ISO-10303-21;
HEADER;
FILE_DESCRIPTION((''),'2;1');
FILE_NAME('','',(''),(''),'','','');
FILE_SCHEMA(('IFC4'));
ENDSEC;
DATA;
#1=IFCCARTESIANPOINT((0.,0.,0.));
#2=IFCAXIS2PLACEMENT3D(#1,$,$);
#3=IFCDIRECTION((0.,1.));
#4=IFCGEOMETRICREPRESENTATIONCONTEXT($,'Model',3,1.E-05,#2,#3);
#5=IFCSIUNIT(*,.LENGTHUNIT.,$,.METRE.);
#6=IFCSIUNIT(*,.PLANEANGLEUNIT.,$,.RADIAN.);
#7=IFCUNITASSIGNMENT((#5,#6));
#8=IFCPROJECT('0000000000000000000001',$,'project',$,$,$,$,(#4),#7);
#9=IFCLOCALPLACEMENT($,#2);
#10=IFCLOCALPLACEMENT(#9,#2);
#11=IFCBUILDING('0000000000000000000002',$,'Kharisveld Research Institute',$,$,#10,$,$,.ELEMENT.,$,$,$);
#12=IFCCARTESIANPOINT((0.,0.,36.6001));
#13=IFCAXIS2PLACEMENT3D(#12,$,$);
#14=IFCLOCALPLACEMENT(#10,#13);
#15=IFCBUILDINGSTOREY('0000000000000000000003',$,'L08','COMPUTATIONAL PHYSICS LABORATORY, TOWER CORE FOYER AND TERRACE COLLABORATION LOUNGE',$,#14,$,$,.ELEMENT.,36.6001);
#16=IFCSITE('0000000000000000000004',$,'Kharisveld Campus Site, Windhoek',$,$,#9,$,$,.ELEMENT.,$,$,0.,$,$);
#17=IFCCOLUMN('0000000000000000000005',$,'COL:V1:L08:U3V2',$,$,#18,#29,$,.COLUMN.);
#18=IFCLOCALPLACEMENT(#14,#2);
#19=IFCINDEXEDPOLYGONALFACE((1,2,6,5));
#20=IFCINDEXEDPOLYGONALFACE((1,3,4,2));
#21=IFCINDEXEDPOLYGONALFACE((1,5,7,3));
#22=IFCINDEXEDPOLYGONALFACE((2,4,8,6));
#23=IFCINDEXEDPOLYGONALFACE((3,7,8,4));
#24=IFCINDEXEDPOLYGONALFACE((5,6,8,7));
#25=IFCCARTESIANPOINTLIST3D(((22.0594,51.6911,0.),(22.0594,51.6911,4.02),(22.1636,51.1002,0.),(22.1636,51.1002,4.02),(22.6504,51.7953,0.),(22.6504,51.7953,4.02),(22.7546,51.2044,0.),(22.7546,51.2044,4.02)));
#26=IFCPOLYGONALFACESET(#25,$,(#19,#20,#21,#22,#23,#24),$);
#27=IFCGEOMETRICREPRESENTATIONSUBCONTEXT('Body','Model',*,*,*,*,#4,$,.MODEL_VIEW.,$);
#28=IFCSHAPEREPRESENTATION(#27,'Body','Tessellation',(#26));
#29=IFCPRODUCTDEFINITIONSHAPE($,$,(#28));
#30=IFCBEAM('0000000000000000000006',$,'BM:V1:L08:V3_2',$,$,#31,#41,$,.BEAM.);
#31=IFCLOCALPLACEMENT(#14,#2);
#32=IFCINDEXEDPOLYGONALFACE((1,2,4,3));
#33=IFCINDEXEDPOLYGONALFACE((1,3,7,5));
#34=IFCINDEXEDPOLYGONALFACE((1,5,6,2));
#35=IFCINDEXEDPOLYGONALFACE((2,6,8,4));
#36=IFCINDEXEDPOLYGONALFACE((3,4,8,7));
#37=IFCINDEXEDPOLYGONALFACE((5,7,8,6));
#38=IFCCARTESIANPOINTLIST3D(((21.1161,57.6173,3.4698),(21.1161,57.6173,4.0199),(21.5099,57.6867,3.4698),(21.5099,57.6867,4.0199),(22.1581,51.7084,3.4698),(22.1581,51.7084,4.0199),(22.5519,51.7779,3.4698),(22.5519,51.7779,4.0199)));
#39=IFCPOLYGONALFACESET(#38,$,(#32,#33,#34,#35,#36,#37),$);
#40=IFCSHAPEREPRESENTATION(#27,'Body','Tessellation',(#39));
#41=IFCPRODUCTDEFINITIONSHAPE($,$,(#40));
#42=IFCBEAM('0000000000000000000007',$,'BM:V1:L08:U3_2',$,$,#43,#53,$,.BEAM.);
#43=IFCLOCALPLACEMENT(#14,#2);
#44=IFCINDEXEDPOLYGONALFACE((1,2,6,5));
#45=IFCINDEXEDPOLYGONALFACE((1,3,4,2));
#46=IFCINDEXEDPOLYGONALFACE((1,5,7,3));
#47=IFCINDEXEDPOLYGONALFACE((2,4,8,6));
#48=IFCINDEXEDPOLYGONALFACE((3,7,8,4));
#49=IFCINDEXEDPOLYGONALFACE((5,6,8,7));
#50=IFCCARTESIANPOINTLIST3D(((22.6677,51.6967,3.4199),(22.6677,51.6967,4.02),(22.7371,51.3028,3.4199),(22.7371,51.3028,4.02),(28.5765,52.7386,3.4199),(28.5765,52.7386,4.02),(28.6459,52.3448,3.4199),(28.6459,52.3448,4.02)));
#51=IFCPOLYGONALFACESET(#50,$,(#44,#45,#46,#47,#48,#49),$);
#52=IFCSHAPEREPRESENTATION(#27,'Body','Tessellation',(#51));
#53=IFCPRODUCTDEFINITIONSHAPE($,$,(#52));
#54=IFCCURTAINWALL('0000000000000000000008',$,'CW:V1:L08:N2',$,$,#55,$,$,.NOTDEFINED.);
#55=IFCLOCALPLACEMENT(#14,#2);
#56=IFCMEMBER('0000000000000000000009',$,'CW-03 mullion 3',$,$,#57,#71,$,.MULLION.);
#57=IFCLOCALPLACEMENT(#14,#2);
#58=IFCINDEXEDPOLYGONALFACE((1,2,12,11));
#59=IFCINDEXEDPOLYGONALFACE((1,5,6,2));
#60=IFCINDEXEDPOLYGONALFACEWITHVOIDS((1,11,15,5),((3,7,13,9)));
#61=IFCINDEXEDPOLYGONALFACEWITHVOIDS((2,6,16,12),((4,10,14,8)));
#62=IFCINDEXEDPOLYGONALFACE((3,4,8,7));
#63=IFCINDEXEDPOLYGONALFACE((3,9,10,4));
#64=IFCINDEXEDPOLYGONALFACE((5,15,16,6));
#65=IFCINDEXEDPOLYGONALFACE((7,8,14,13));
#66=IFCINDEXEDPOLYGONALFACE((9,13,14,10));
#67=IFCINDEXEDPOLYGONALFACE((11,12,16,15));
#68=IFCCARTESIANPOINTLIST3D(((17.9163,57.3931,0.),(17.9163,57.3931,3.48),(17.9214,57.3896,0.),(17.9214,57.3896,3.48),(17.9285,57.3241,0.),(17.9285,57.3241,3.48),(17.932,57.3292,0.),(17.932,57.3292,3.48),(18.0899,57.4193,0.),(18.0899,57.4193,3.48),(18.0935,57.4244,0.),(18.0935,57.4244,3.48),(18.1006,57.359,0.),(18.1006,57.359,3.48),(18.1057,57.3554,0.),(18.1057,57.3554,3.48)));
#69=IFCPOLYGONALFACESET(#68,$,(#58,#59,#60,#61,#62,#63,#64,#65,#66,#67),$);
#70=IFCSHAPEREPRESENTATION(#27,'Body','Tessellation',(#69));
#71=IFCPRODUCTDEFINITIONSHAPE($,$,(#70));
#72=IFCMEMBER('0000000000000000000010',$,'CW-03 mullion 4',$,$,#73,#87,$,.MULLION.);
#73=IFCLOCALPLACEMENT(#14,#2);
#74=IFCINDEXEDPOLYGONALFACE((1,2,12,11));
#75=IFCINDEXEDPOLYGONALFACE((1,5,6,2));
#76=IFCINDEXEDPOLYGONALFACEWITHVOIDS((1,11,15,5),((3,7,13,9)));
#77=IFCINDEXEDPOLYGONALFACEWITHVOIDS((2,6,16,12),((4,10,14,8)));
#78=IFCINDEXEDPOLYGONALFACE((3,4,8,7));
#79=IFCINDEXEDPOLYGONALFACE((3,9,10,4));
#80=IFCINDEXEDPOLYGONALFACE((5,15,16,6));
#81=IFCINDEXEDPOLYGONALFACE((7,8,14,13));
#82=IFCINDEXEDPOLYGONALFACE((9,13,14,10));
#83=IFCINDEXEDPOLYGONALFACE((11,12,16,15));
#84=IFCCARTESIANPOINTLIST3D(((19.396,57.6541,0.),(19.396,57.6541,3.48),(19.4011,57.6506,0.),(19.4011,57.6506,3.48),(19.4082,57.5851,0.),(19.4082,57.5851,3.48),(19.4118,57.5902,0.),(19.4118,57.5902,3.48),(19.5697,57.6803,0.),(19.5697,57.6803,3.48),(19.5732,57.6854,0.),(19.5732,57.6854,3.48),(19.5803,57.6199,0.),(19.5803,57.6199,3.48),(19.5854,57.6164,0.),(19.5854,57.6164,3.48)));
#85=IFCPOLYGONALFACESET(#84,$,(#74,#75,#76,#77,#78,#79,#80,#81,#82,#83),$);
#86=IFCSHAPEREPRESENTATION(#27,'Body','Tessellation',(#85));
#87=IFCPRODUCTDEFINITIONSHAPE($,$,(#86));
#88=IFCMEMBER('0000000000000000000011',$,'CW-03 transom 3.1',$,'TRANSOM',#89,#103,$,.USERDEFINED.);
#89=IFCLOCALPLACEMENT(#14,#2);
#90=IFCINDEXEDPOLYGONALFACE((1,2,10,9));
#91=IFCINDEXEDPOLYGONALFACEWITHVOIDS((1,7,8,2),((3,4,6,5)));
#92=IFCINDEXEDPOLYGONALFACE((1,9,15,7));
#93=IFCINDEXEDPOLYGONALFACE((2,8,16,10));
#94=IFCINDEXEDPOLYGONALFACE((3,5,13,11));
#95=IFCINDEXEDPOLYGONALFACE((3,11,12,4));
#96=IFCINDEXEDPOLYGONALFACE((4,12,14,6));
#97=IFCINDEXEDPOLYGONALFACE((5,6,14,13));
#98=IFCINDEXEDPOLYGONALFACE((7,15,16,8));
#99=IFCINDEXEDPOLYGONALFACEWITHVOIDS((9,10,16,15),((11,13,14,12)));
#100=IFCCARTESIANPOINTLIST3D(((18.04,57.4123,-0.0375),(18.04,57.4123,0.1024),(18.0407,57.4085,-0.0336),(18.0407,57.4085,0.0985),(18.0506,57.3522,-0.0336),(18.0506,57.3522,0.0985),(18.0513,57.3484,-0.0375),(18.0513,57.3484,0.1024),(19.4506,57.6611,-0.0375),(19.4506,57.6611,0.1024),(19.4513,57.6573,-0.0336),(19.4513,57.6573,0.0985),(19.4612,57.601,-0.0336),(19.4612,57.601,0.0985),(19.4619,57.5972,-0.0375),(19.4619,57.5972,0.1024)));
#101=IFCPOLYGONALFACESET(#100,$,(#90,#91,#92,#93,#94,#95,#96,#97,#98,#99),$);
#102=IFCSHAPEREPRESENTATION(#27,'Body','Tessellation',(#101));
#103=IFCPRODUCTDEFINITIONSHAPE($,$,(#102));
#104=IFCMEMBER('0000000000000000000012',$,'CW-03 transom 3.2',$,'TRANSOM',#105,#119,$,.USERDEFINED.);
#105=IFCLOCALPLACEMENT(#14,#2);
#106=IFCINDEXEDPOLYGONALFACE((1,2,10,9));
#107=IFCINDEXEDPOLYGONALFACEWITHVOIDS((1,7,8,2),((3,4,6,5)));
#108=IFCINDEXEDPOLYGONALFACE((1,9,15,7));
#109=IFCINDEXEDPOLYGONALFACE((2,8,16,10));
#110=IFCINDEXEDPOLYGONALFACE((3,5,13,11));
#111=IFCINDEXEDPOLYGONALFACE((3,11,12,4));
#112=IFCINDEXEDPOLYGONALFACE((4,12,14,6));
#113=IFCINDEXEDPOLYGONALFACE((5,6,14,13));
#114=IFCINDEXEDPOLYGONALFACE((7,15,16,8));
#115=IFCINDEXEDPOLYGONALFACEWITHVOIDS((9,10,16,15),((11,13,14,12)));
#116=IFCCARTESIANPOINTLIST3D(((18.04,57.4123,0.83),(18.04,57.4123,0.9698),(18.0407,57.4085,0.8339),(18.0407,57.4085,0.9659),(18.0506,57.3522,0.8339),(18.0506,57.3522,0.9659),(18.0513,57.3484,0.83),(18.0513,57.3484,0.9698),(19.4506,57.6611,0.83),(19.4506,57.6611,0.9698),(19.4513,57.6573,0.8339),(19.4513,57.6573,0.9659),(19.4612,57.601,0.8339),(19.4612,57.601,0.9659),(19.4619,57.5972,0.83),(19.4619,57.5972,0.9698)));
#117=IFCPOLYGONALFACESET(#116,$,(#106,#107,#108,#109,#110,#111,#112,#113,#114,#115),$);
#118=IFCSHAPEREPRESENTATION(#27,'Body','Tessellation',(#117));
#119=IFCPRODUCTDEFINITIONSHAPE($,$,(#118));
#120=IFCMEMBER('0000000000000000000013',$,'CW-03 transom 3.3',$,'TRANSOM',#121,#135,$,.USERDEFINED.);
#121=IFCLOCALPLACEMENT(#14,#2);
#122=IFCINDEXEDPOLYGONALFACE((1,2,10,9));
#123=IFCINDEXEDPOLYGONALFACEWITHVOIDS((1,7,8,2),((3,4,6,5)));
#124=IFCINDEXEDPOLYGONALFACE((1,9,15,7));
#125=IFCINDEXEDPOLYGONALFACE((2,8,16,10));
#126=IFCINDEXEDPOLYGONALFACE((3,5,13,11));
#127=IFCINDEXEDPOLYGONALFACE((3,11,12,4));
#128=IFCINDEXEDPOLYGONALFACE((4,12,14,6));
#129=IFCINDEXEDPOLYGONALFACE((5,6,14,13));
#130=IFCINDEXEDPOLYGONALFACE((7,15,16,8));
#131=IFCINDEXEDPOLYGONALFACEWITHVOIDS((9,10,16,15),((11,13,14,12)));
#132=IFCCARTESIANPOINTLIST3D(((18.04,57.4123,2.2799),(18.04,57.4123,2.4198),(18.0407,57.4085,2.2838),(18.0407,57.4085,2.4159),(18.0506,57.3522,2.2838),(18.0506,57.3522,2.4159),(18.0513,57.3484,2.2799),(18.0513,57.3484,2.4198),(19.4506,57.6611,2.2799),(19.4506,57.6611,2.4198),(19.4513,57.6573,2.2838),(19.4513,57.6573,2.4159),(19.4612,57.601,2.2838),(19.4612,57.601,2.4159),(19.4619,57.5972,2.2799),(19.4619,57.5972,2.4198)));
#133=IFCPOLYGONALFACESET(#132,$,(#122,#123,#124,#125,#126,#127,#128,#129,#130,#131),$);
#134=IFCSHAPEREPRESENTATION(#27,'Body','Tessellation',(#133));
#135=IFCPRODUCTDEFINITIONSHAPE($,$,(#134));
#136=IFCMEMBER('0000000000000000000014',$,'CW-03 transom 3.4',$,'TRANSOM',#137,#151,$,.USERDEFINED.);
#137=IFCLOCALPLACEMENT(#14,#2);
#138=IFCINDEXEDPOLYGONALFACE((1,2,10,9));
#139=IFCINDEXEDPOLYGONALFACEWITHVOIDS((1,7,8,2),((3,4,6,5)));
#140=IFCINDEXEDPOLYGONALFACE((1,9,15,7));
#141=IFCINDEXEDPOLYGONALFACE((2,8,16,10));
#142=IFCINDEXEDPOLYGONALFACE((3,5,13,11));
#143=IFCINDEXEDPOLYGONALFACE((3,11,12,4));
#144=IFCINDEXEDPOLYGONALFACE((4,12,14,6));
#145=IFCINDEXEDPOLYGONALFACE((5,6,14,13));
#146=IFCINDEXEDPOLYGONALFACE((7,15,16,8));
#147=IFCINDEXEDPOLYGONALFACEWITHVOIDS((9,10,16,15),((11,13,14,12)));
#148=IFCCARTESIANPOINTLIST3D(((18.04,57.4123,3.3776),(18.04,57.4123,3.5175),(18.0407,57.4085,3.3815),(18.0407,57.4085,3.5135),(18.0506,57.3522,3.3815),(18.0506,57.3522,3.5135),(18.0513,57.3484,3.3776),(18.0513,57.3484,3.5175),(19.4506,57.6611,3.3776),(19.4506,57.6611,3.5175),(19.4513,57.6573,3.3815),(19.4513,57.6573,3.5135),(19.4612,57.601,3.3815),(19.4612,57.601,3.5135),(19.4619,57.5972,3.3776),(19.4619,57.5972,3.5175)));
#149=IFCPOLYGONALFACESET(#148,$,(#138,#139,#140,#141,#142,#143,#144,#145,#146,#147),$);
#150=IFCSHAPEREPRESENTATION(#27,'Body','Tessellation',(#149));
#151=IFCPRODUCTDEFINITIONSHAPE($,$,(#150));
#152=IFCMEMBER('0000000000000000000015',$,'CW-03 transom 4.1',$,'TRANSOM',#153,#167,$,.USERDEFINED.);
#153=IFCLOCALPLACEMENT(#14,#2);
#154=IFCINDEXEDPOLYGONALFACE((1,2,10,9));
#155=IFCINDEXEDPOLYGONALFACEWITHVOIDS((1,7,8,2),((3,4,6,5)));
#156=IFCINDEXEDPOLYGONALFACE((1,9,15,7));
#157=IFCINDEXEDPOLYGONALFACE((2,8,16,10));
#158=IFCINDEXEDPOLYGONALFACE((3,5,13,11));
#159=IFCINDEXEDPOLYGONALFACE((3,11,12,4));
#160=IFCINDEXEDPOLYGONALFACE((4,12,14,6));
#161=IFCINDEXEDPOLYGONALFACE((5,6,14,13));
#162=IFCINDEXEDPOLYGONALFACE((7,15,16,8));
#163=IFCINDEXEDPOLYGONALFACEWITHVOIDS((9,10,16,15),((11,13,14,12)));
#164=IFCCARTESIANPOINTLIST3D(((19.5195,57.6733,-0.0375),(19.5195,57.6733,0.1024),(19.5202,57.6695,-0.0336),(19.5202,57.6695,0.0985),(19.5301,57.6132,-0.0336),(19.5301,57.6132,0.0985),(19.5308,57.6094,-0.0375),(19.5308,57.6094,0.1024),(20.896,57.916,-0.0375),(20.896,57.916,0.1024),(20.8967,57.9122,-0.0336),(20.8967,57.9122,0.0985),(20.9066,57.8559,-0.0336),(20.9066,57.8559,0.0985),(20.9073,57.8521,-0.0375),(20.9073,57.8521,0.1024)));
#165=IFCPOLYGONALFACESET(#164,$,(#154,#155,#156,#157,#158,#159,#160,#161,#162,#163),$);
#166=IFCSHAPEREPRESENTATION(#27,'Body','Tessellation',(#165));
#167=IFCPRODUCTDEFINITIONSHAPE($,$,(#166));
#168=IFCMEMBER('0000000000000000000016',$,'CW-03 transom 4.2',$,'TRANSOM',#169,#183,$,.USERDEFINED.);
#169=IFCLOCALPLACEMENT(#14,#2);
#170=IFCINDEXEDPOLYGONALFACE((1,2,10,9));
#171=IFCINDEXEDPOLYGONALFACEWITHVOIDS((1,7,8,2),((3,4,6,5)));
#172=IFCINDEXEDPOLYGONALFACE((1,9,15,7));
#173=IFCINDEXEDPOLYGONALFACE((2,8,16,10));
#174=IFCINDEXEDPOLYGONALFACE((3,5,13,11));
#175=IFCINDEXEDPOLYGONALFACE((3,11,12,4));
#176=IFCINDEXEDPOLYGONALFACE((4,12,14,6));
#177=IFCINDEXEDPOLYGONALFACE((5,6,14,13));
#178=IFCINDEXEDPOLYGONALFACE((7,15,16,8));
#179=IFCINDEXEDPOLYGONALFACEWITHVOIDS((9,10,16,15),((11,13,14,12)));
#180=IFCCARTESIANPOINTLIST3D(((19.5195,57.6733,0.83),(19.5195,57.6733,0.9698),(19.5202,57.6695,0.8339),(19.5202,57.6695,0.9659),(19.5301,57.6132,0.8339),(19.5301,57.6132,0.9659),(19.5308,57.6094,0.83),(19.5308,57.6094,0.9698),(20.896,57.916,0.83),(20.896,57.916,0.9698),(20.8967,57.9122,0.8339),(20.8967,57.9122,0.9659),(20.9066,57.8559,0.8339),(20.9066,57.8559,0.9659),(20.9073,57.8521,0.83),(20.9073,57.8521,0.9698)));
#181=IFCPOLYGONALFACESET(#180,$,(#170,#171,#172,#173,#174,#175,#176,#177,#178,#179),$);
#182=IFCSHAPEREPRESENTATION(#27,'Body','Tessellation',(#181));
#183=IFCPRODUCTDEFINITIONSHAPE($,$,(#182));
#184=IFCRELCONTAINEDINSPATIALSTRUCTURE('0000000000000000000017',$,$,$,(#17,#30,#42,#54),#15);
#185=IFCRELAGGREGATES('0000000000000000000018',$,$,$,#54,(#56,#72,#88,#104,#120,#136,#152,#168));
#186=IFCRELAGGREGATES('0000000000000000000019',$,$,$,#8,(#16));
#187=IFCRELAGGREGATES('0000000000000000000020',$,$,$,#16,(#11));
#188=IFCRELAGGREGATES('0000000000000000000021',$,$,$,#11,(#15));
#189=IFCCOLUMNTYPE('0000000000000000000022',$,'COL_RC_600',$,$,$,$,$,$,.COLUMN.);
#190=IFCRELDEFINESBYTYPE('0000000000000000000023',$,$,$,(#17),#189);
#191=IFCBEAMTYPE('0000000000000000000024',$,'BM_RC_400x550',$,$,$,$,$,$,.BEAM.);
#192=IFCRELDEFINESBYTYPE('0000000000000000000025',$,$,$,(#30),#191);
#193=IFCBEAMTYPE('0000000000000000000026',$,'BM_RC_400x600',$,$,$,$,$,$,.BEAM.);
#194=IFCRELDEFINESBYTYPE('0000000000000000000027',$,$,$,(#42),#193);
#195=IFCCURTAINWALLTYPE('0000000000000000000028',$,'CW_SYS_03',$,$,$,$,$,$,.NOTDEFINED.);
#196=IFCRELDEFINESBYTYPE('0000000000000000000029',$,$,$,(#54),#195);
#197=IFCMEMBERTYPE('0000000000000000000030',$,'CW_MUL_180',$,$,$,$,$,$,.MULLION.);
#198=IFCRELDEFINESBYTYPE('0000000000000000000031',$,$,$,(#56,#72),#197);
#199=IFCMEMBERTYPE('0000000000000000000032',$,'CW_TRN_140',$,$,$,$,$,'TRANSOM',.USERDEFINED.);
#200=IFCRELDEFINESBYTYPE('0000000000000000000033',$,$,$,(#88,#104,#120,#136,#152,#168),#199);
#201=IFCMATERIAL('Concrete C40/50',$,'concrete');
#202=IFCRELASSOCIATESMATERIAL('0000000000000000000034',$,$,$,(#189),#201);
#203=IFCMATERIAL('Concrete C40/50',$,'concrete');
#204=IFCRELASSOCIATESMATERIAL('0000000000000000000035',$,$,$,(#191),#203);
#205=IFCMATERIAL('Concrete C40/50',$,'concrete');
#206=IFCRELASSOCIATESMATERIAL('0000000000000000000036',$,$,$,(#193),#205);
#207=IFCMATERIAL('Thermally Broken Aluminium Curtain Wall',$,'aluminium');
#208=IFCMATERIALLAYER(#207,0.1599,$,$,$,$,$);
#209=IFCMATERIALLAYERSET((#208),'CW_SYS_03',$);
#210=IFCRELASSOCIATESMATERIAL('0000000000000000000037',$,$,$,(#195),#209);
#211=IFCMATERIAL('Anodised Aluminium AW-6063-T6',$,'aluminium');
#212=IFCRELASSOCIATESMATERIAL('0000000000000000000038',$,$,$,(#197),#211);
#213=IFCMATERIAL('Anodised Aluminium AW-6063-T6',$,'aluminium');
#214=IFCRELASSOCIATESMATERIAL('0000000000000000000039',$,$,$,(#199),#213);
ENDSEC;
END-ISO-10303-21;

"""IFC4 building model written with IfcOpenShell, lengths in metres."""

from ifc_helpers import new_model, si_unit, direction, frame, origin, origin_2d, place, context, subcontext, project, spatial, rectangle, hollow_rectangle, extrude, material, layer, layer_set, material_profile, profile_set, type_object, element, aggregate, save


model = new_model("IFC4")

# Units and contexts
model_context = context("Model", 3, precision=1e-05, world=origin(), true_north=direction((0.0, 1.0)))
body_context = subcontext(model_context, "Body", "Model", "MODEL_VIEW")
ifc_project = project(units=[si_unit("LENGTHUNIT", "METRE"), si_unit("PLANEANGLEUNIT", "RADIAN")], contexts=[model_context])

# Site, building, storey
site_placement = place(None, origin())
site = spatial("IfcSite", under=ifc_project, at=site_placement, Name="Kharisveld Campus Site, Windhoek", CompositionType="ELEMENT", RefElevation=0.0)
building_placement = place(site_placement, origin())
building = spatial("IfcBuilding", under=site, at=building_placement, Name="Kharisveld Research Institute", CompositionType="ELEMENT")
storey_placement = place(building_placement, frame((0.0, 0.0, 36.6001)))
storey = spatial("IfcBuildingStorey", under=building, at=storey_placement, Name="L08", Description="COMPUTATIONAL PHYSICS LABORATORY, TOWER CORE FOYER AND TERRACE COLLABORATION LOUNGE", CompositionType="ELEMENT", Elevation=36.6001)

# Column
ifc_material_1 = material(Name="Concrete C40/50", Category="concrete")
ifc_material_profile_1 = material_profile(ifc_material_1, rectangle(XDim=0.6001, YDim=0.6001, at=origin_2d()))
ifc_profile_set_1 = profile_set([ifc_material_profile_1], Name="Concrete C40/50")
column_type = type_object("IfcColumnType", Name="COL_RC_600", PredefinedType="COLUMN", material=ifc_profile_set_1)
column_placement = place(storey_placement, frame((22.407, 51.4478, 0.0), z_axis=(0.0, 0.0, 1.0), x_axis=(0.984808, 0.173648, 0.0)))
element("IfcColumn", 1, at=column_placement, inside=storey, type_object=column_type, Name="COL:V1:L08:U3V2", PredefinedType="COLUMN", context=body_context, shape_type="SweptSolid", body=[
    extrude(rectangle(XDim=0.6001, YDim=0.6001, at=origin_2d()), origin(), (0.0, 0.0, 1.0), 4.02),
])

# Beams
ifc_material_2 = material(Name="Concrete C40/50", Category="concrete")
ifc_material_profile_2 = material_profile(ifc_material_2, rectangle(XDim=0.3999, YDim=0.55, at=origin_2d()))
ifc_profile_set_2 = profile_set([ifc_material_profile_2], Name="Concrete C40/50")
beam_type_1 = type_object("IfcBeamType", Name="BM_RC_400x550", PredefinedType="BEAM", material=ifc_profile_set_2)
beam_1_placement = place(storey_placement, frame((22.355, 51.7432, 3.7449), z_axis=(-0.173662, 0.984805, 0.0), x_axis=(-0.984805, -0.173662, 0.0)))
element("IfcBeam", 2, at=beam_1_placement, inside=storey, type_object=beam_type_1, Name="BM:V1:L08:V3_2", PredefinedType="BEAM", context=body_context, shape_type="SweptSolid", body=[
    extrude(rectangle(XDim=0.3999, YDim=0.55, at=origin_2d()), origin(), (0.0, 0.0, 1.0), 6.0),
])
ifc_material_3 = material(Name="Concrete C40/50", Category="concrete")
ifc_material_profile_3 = material_profile(ifc_material_3, rectangle(XDim=0.3999, YDim=0.6001, at=origin_2d()))
ifc_profile_set_3 = profile_set([ifc_material_profile_3], Name="Concrete C40/50")
beam_type_2 = type_object("IfcBeamType", Name="BM_RC_400x600", PredefinedType="BEAM", material=ifc_profile_set_3)
beam_2_placement = place(storey_placement, frame((22.7024, 51.4998, 3.72), z_axis=(0.984805, 0.173662, 0.0), x_axis=(-0.173662, 0.984805, 0.0)))
element("IfcBeam", 3, at=beam_2_placement, inside=storey, type_object=beam_type_2, Name="BM:V1:L08:U3_2", PredefinedType="BEAM", context=body_context, shape_type="SweptSolid", body=[
    extrude(rectangle(XDim=0.3999, YDim=0.6001, at=origin_2d()), origin(), (0.0, 0.0, 1.0), 6.0),
])

# Curtain wall, members
ifc_material_4 = material(Name="Thermally Broken Aluminium Curtain Wall", Category="aluminium")
ifc_layer_1 = layer(ifc_material_4, 0.1599)
ifc_layer_set_1 = layer_set([ifc_layer_1], Name="CW_SYS_03")
curtain_wall_type = type_object("IfcCurtainWallType", Name="CW_SYS_03", PredefinedType="NOTDEFINED", material=ifc_layer_set_1)
curtain_wall_placement = place(storey_placement, origin())
curtain_wall = element("IfcCurtainWall", 4, at=curtain_wall_placement, inside=storey, type_object=curtain_wall_type, Name="CW:V1:L08:N2", PredefinedType="NOTDEFINED")
ifc_material_5 = material(Name="Anodised Aluminium AW-6063-T6", Category="aluminium")
ifc_material_profile_4 = material_profile(ifc_material_5, hollow_rectangle(XDim=0.0701, YDim=0.1799, WallThickness=0.0044, at=origin_2d()))
ifc_profile_set_4 = profile_set([ifc_material_profile_4], Name="Anodised Aluminium AW-6063-T6")
member_type_1 = type_object("IfcMemberType", Name="CW_MUL_180", PredefinedType="MULLION", material=ifc_profile_set_4)
member_1_placement = place(storey_placement, frame((18.011, 57.3743, 0.0), z_axis=(0.0, 0.0, 1.0), x_axis=(-0.173648, 0.984808, 0.0)))
member_1 = element("IfcMember", 5, at=member_1_placement, type_object=member_type_1, Name="CW-03 mullion 3", PredefinedType="MULLION", context=body_context, shape_type="SweptSolid", body=[
    extrude(hollow_rectangle(XDim=0.0701, YDim=0.1799, WallThickness=0.0044, at=origin_2d()), origin(), (0.0, 0.0, 1.0), 3.48),
])
member_2_placement = place(storey_placement, frame((19.4907, 57.6353, 0.0), z_axis=(0.0, 0.0, 1.0), x_axis=(-0.173648, 0.984808, 0.0)))
member_2 = element("IfcMember", 6, at=member_2_placement, type_object=member_type_1, Name="CW-03 mullion 4", PredefinedType="MULLION", context=body_context, shape_type="SweptSolid", body=[
    extrude(hollow_rectangle(XDim=0.0701, YDim=0.1799, WallThickness=0.0044, at=origin_2d()), origin(), (0.0, 0.0, 1.0), 3.48),
])
ifc_material_6 = material(Name="Anodised Aluminium AW-6063-T6", Category="aluminium")
ifc_material_profile_5 = material_profile(ifc_material_6, hollow_rectangle(XDim=0.0649, YDim=0.1399, WallThickness=0.0039, at=origin_2d()))
ifc_profile_set_5 = profile_set([ifc_material_profile_5], Name="Anodised Aluminium AW-6063-T6")
member_type_2 = type_object("IfcMemberType", Name="CW_TRN_140", ElementType="TRANSOM", PredefinedType="USERDEFINED", material=ifc_profile_set_5)
member_3_placement = place(storey_placement, frame((18.0457, 57.3804, 0.0325), z_axis=(0.984802, 0.173678, 0.0), x_axis=(-0.173678, 0.984802, 0.0)))
member_3 = element("IfcMember", 7, at=member_3_placement, type_object=member_type_2, Name="CW-03 transom 3.1", ObjectType="TRANSOM", PredefinedType="USERDEFINED", context=body_context, shape_type="SweptSolid", body=[
    extrude(hollow_rectangle(XDim=0.0649, YDim=0.1399, WallThickness=0.0039, at=origin_2d()), origin(), (0.0, 0.0, 1.0), 1.4324),
])
member_4_placement = place(storey_placement, frame((18.0457, 57.3804, 0.8999), z_axis=(0.984802, 0.173678, 0.0), x_axis=(-0.173678, 0.984802, 0.0)))
member_4 = element("IfcMember", 8, at=member_4_placement, type_object=member_type_2, Name="CW-03 transom 3.2", ObjectType="TRANSOM", PredefinedType="USERDEFINED", context=body_context, shape_type="SweptSolid", body=[
    extrude(hollow_rectangle(XDim=0.0649, YDim=0.1399, WallThickness=0.0039, at=origin_2d()), origin(), (0.0, 0.0, 1.0), 1.4324),
])
member_5_placement = place(storey_placement, frame((18.0457, 57.3804, 2.3499), z_axis=(0.984802, 0.173678, 0.0), x_axis=(-0.173678, 0.984802, 0.0)))
member_5 = element("IfcMember", 9, at=member_5_placement, type_object=member_type_2, Name="CW-03 transom 3.3", ObjectType="TRANSOM", PredefinedType="USERDEFINED", context=body_context, shape_type="SweptSolid", body=[
    extrude(hollow_rectangle(XDim=0.0649, YDim=0.1399, WallThickness=0.0039, at=origin_2d()), origin(), (0.0, 0.0, 1.0), 1.4324),
])
member_6_placement = place(storey_placement, frame((18.0457, 57.3804, 3.4475), z_axis=(0.984802, 0.173678, 0.0), x_axis=(-0.173678, 0.984802, 0.0)))
member_6 = element("IfcMember", 10, at=member_6_placement, type_object=member_type_2, Name="CW-03 transom 3.4", ObjectType="TRANSOM", PredefinedType="USERDEFINED", context=body_context, shape_type="SweptSolid", body=[
    extrude(hollow_rectangle(XDim=0.0649, YDim=0.1399, WallThickness=0.0039, at=origin_2d()), origin(), (0.0, 0.0, 1.0), 1.4324),
])
member_7_placement = place(storey_placement, frame((19.5251, 57.6414, 0.0325), z_axis=(0.984812, 0.173626, 0.0), x_axis=(-0.173626, 0.984812, 0.0)))
member_7 = element("IfcMember", 11, at=member_7_placement, type_object=member_type_2, Name="CW-03 transom 4.1", ObjectType="TRANSOM", PredefinedType="USERDEFINED", context=body_context, shape_type="SweptSolid", body=[
    extrude(hollow_rectangle(XDim=0.0649, YDim=0.1399, WallThickness=0.0039, at=origin_2d()), origin(), (0.0, 0.0, 1.0), 1.3977),
])
member_8_placement = place(storey_placement, frame((19.5251, 57.6414, 0.8999), z_axis=(0.984812, 0.173626, 0.0), x_axis=(-0.173626, 0.984812, 0.0)))
member_8 = element("IfcMember", 12, at=member_8_placement, type_object=member_type_2, Name="CW-03 transom 4.2", ObjectType="TRANSOM", PredefinedType="USERDEFINED", context=body_context, shape_type="SweptSolid", body=[
    extrude(hollow_rectangle(XDim=0.0649, YDim=0.1399, WallThickness=0.0039, at=origin_2d()), origin(), (0.0, 0.0, 1.0), 1.3977),
])

aggregate(curtain_wall, [member_1, member_2, member_3, member_4, member_5, member_6, member_7, member_8])

save(model, "model.ifc")
